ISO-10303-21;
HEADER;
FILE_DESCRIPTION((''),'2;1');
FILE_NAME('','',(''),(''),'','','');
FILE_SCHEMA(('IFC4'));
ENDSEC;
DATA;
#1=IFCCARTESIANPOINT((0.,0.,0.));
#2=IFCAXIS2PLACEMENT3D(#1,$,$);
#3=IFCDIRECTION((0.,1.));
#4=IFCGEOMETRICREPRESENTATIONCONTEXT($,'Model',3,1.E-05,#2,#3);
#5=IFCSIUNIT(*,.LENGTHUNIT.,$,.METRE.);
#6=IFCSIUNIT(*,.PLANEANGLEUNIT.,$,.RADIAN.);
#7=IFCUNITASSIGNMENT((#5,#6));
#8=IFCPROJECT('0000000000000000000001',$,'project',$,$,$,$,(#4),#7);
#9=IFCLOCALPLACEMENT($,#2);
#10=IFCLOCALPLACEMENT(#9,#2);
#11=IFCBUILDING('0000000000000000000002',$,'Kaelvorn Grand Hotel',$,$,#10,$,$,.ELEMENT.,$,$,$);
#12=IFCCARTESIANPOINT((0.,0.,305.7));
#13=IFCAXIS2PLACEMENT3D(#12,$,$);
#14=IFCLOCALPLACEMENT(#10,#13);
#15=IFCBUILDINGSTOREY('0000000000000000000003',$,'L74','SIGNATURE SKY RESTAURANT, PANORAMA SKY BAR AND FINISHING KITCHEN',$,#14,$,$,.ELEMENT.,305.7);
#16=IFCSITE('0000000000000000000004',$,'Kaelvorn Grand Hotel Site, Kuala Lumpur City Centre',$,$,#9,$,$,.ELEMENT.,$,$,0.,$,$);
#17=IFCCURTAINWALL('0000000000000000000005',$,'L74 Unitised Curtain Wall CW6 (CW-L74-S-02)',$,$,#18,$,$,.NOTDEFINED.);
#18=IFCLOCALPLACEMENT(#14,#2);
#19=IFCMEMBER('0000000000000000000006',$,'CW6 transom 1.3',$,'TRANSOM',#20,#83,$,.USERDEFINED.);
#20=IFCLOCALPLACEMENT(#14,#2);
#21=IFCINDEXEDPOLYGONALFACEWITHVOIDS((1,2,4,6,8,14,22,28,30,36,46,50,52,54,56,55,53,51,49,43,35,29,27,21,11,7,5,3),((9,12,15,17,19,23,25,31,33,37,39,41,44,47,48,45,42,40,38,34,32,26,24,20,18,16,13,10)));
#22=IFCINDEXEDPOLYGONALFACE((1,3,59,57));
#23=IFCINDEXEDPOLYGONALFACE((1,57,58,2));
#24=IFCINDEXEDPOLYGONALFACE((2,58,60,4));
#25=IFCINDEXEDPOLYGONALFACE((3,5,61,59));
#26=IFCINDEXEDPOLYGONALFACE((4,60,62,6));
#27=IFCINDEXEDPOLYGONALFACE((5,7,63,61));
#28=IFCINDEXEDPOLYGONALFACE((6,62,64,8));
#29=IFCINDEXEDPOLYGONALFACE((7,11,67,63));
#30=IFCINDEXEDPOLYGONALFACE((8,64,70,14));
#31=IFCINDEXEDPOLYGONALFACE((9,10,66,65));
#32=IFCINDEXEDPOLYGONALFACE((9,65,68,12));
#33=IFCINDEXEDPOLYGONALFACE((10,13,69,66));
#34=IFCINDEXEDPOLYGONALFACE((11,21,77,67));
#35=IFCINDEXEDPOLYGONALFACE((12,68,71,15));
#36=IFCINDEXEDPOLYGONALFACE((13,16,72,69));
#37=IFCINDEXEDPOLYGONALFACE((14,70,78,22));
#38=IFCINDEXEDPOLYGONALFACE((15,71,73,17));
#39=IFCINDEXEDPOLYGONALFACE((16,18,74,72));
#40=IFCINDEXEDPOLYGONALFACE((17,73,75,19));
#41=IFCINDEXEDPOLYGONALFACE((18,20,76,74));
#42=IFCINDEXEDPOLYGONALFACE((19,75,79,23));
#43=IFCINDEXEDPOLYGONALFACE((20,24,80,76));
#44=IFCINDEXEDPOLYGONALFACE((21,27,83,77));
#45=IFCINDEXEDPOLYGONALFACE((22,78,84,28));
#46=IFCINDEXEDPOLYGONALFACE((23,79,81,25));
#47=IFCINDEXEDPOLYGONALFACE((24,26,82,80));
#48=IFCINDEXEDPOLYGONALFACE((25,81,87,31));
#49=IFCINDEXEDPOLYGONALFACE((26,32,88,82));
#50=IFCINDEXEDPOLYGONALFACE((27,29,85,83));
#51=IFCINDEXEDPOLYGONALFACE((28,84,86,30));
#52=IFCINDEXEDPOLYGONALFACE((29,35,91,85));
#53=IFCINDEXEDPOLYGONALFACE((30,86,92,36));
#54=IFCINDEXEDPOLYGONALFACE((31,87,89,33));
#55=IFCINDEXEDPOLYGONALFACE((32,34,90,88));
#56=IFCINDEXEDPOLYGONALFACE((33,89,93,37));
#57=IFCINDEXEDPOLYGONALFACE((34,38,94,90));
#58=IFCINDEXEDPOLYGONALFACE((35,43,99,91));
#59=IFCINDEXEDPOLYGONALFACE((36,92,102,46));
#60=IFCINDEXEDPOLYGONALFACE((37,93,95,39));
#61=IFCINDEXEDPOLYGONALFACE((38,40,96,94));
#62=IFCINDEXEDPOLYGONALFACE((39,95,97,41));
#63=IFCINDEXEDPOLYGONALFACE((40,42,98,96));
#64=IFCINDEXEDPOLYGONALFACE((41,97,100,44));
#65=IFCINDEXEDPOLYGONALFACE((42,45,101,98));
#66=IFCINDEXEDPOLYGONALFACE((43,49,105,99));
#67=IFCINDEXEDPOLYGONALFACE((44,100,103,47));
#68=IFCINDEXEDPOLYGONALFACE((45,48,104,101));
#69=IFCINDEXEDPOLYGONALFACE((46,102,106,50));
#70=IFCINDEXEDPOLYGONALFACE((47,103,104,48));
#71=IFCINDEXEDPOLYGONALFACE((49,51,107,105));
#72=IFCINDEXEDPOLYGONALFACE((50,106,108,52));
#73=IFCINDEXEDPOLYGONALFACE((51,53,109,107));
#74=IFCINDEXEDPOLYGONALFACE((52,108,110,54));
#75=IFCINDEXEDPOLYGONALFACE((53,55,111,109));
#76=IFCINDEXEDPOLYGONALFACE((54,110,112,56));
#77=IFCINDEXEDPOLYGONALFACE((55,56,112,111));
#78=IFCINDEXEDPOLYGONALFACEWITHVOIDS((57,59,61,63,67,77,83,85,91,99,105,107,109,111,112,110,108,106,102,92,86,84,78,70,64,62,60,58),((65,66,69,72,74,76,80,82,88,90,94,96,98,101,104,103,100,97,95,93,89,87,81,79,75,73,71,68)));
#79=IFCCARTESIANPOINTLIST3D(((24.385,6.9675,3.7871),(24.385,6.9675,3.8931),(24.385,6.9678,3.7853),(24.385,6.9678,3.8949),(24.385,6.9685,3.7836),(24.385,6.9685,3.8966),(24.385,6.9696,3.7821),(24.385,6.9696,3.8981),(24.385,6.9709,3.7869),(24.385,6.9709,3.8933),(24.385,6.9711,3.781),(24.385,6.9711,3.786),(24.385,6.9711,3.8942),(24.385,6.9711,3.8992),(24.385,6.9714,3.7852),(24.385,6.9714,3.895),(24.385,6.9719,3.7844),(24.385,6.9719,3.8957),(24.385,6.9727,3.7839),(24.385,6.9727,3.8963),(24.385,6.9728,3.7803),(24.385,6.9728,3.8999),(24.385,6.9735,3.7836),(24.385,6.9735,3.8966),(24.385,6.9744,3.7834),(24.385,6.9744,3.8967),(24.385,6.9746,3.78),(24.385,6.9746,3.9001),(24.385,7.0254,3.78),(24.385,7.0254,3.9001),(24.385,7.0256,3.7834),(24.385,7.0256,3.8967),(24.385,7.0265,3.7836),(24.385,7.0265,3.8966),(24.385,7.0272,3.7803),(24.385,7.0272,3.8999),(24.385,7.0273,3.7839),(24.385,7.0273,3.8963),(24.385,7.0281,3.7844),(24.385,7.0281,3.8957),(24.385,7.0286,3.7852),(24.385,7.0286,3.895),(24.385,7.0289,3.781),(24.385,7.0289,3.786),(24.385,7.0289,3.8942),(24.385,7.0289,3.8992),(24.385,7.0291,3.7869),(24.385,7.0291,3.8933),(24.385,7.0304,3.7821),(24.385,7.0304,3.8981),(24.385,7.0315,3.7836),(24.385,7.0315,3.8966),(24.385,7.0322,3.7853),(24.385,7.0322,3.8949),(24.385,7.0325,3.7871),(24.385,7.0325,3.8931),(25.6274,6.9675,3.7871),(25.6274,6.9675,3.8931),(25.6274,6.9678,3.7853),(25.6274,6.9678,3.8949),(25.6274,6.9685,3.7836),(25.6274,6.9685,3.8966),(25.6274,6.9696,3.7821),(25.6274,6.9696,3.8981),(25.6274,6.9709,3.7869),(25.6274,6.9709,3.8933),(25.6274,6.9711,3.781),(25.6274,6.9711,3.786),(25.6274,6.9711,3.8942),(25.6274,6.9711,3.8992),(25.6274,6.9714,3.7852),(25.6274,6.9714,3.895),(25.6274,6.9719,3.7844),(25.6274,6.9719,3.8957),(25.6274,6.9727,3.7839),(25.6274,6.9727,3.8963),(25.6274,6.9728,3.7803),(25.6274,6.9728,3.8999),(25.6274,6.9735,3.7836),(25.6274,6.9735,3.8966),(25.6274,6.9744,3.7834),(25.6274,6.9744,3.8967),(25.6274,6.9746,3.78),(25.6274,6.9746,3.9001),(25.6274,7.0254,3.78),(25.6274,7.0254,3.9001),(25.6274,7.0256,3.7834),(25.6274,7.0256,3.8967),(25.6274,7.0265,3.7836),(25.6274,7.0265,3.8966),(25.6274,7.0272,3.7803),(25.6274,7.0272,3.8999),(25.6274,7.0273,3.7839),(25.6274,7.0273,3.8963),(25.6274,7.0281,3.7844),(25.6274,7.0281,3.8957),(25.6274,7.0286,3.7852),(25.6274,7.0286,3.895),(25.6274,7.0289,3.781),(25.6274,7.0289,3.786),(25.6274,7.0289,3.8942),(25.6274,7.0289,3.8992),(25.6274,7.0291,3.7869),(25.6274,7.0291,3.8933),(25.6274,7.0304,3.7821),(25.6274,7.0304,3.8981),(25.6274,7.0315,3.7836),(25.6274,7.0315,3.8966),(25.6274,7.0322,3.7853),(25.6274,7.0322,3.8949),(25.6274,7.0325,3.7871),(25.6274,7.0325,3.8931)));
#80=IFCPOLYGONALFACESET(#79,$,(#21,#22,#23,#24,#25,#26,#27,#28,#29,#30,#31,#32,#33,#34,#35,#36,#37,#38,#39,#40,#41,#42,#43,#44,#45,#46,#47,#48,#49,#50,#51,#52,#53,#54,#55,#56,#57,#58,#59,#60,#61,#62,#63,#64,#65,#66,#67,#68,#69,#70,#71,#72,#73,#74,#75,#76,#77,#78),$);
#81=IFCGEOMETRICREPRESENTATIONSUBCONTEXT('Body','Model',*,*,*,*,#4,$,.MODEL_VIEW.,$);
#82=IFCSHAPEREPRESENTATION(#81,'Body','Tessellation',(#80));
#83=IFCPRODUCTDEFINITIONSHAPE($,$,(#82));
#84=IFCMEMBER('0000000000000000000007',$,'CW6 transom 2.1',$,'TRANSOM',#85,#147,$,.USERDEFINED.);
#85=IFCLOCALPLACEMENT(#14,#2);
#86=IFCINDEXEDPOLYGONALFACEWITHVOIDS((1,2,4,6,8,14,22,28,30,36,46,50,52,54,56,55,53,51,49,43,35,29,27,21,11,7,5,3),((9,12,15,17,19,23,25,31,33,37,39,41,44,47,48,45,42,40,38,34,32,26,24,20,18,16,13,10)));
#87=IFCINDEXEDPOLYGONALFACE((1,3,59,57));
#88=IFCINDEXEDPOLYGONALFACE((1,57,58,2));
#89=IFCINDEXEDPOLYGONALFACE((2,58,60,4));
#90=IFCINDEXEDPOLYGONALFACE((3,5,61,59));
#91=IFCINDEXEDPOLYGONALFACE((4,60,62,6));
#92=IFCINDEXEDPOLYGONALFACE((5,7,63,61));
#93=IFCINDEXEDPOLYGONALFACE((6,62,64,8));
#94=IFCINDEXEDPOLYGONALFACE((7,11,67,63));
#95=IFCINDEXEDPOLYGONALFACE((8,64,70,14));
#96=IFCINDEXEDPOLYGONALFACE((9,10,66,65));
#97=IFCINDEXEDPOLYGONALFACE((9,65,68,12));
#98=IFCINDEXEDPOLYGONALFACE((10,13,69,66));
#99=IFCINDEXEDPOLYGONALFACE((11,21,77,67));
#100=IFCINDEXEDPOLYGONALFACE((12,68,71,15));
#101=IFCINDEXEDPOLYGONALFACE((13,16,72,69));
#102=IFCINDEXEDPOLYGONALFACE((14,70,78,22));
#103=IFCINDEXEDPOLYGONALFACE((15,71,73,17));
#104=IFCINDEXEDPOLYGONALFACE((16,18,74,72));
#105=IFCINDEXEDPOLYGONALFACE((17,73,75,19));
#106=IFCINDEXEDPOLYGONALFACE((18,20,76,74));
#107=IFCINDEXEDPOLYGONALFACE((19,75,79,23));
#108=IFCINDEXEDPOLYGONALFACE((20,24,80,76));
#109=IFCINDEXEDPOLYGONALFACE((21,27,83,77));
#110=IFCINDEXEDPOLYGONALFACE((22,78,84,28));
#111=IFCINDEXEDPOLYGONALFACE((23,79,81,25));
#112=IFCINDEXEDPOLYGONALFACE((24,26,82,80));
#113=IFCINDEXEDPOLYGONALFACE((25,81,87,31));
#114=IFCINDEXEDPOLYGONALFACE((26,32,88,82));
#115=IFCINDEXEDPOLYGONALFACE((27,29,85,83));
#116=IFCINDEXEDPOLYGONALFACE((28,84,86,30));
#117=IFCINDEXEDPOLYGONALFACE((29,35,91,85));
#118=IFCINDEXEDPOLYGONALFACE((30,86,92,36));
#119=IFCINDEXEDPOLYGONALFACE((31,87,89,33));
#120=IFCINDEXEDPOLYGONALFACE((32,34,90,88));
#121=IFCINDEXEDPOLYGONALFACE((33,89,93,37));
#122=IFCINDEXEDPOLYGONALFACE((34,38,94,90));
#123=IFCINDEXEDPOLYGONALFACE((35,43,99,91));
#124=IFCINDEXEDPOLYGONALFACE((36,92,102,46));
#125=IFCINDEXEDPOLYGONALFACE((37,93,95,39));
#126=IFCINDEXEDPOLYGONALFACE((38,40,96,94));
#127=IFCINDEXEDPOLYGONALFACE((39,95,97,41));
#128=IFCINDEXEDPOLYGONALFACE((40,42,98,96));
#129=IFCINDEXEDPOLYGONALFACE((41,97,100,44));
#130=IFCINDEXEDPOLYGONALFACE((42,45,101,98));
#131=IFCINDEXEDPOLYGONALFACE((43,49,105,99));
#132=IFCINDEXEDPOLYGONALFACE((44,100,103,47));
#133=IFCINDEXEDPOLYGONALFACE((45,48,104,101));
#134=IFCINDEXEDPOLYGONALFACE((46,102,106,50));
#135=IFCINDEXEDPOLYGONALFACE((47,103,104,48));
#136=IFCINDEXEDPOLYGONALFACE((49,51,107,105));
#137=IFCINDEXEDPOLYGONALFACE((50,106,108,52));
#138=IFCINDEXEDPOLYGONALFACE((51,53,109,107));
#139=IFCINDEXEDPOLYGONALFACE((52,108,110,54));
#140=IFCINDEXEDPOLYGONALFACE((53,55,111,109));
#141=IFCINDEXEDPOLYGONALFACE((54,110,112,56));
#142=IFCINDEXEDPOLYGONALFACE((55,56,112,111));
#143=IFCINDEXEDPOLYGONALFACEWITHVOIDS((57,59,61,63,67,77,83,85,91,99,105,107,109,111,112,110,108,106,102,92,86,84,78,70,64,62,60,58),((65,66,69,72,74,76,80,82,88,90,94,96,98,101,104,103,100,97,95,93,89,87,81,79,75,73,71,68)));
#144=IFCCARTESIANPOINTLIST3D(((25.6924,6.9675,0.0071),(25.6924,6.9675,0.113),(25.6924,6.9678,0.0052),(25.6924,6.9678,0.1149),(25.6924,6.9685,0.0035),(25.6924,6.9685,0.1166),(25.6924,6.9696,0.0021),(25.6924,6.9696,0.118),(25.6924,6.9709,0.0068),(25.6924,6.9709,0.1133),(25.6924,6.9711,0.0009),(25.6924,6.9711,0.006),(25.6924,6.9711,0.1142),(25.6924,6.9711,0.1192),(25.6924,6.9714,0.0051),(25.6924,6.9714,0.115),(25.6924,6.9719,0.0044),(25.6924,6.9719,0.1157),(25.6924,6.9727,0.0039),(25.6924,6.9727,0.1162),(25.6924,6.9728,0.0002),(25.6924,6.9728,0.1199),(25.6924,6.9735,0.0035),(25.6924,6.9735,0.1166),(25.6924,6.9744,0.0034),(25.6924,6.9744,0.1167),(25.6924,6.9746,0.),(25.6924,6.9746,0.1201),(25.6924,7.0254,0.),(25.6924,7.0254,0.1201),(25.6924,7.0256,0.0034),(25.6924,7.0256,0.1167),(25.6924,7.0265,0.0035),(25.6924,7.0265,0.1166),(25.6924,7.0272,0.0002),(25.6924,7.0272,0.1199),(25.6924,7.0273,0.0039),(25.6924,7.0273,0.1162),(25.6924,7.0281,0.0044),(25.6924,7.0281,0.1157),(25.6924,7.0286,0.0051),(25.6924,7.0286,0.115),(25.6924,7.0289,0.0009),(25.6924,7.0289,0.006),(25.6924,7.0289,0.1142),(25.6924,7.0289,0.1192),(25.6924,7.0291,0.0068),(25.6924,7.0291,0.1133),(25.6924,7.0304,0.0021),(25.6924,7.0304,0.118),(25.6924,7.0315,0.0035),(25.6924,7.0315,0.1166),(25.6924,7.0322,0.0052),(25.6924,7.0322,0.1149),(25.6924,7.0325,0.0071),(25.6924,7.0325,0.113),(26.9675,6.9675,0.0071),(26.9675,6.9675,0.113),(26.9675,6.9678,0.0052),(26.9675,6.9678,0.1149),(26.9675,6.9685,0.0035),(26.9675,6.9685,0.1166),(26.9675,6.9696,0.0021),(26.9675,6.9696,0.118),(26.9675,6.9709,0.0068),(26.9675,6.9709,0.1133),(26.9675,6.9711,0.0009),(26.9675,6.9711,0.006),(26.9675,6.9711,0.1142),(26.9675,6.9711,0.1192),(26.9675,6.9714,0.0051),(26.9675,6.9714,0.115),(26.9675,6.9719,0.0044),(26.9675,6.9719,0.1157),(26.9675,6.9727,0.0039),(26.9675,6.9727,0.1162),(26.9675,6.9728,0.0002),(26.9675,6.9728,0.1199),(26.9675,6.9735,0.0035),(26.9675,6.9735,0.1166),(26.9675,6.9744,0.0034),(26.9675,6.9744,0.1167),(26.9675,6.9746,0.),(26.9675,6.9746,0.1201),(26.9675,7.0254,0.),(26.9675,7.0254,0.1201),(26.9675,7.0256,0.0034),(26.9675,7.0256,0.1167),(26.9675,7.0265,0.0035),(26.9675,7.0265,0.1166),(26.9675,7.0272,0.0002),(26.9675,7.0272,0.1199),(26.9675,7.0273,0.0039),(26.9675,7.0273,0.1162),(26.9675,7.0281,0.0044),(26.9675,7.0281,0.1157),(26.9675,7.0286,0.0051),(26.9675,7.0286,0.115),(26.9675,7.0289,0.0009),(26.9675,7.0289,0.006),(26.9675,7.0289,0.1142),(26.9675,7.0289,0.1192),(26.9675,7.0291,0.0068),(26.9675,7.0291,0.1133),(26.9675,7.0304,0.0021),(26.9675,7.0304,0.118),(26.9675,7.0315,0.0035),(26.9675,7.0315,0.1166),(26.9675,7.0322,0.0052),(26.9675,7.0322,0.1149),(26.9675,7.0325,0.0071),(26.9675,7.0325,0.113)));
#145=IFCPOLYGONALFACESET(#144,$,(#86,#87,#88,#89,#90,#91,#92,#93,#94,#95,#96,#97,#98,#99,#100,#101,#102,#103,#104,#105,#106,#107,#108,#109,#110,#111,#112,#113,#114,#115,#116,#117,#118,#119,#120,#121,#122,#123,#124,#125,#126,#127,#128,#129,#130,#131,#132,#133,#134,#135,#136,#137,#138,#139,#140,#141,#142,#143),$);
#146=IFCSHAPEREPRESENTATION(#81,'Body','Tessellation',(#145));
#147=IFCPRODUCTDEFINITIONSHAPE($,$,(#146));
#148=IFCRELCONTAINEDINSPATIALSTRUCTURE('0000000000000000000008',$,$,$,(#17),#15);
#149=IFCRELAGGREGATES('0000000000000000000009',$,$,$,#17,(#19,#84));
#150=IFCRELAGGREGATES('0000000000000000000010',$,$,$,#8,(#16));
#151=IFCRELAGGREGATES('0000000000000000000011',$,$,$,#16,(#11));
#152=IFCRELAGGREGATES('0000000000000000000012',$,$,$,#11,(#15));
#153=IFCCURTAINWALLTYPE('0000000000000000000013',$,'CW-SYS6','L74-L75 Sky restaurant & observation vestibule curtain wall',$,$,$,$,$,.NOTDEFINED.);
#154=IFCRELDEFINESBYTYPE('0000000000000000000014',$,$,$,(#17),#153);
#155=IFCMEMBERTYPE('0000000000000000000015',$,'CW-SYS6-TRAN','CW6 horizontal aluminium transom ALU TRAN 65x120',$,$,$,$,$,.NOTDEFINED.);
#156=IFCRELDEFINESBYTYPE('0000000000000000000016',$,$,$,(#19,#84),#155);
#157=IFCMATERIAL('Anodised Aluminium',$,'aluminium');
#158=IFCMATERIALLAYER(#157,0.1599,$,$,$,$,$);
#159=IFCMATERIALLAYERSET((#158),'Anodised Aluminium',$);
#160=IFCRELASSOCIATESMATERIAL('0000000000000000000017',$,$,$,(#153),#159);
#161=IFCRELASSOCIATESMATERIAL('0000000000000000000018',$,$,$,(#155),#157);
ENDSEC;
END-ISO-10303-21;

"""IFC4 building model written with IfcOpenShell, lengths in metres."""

from ifc_helpers import new_model, si_unit, direction, frame, origin, origin_2d, place, context, subcontext, project, spatial, hollow_rectangle, extrude, material, layer, layer_set, material_profile, profile_set, type_object, element, aggregate, save


model = new_model("IFC4")

# Units and contexts
model_context = context("Model", 3, precision=1e-05, world=origin(), true_north=direction((0.0, 1.0)))
body_context = subcontext(model_context, "Body", "Model", "MODEL_VIEW")
ifc_project = project(units=[si_unit("LENGTHUNIT", "METRE"), si_unit("PLANEANGLEUNIT", "RADIAN")], contexts=[model_context])

# Site, building, storey
site_placement = place(None, origin())
site = spatial("IfcSite", under=ifc_project, at=site_placement, Name="Kaelvorn Grand Hotel Site, Kuala Lumpur City Centre", CompositionType="ELEMENT", RefElevation=0.0)
building_placement = place(site_placement, origin())
building = spatial("IfcBuilding", under=site, at=building_placement, Name="Kaelvorn Grand Hotel", CompositionType="ELEMENT")
storey_placement = place(building_placement, frame((0.0, 0.0, 305.7)))
storey = spatial("IfcBuildingStorey", under=building, at=storey_placement, Name="L74", Description="SIGNATURE SKY RESTAURANT, PANORAMA SKY BAR AND FINISHING KITCHEN", CompositionType="ELEMENT", Elevation=305.7)

# Shared definitions
ifc_material_1 = material(Name="Anodised Aluminium", Category="aluminium")
ifc_layer_1 = layer(ifc_material_1, 0.1599)
ifc_layer_set_1 = layer_set([ifc_layer_1], Name="Anodised Aluminium")
curtain_wall_type = type_object("IfcCurtainWallType", Name="CW-SYS6", Description="L74-L75 Sky restaurant & observation vestibule curtain wall", PredefinedType="NOTDEFINED", material=ifc_layer_set_1)

# Curtain wall, members
curtain_wall_1_placement = place(storey_placement, origin())
curtain_wall_1 = element("IfcCurtainWall", 1, at=curtain_wall_1_placement, inside=storey, type_object=curtain_wall_type, Name="L74 Unitised Curtain Wall CW6 (CW-L74-S-02)", PredefinedType="NOTDEFINED")
ifc_material_profile_1 = material_profile(ifc_material_1, hollow_rectangle(XDim=0.0649, YDim=0.1201, WallThickness=0.0034, InnerFilletRadius=0.0034, OuterFilletRadius=0.0071, at=origin_2d()), Name="ALU TRAN 65x120")
ifc_profile_set_1 = profile_set([ifc_material_profile_1], Name="Anodised Aluminium")
member_type_1 = type_object("IfcMemberType", Name="CW-SYS6-TRAN", Description="CW6 horizontal aluminium transom ALU TRAN 65x120", PredefinedType="NOTDEFINED", material=ifc_profile_set_1)
member_1_placement = place(storey_placement, frame((24.385, 7.0, 3.8401), z_axis=(1.0, 0.0, 0.0), x_axis=(0.0, 1.0, 0.0)))
member_1 = element("IfcMember", 2, at=member_1_placement, type_object=member_type_1, Name="CW6 transom 1.3", ObjectType="TRANSOM", PredefinedType="USERDEFINED", context=body_context, shape_type="SweptSolid", body=[
    extrude(hollow_rectangle(XDim=0.0649, YDim=0.1201, WallThickness=0.0034, InnerFilletRadius=0.0034, OuterFilletRadius=0.0071, at=origin_2d()), origin(), (0.0, 0.0, 1.0), 1.2424),
])
member_2_placement = place(storey_placement, frame((25.6924, 7.0, 0.0601), z_axis=(1.0, 0.0, 0.0), x_axis=(0.0, 1.0, 0.0)))
member_2 = element("IfcMember", 3, at=member_2_placement, type_object=member_type_1, Name="CW6 transom 2.1", ObjectType="TRANSOM", PredefinedType="USERDEFINED", context=body_context, shape_type="SweptSolid", body=[
    extrude(hollow_rectangle(XDim=0.0649, YDim=0.1201, WallThickness=0.0034, InnerFilletRadius=0.0034, OuterFilletRadius=0.0071, at=origin_2d()), origin(), (0.0, 0.0, 1.0), 1.2751),
])

aggregate(curtain_wall_1, [member_1, member_2])

save(model, "model.ifc")
